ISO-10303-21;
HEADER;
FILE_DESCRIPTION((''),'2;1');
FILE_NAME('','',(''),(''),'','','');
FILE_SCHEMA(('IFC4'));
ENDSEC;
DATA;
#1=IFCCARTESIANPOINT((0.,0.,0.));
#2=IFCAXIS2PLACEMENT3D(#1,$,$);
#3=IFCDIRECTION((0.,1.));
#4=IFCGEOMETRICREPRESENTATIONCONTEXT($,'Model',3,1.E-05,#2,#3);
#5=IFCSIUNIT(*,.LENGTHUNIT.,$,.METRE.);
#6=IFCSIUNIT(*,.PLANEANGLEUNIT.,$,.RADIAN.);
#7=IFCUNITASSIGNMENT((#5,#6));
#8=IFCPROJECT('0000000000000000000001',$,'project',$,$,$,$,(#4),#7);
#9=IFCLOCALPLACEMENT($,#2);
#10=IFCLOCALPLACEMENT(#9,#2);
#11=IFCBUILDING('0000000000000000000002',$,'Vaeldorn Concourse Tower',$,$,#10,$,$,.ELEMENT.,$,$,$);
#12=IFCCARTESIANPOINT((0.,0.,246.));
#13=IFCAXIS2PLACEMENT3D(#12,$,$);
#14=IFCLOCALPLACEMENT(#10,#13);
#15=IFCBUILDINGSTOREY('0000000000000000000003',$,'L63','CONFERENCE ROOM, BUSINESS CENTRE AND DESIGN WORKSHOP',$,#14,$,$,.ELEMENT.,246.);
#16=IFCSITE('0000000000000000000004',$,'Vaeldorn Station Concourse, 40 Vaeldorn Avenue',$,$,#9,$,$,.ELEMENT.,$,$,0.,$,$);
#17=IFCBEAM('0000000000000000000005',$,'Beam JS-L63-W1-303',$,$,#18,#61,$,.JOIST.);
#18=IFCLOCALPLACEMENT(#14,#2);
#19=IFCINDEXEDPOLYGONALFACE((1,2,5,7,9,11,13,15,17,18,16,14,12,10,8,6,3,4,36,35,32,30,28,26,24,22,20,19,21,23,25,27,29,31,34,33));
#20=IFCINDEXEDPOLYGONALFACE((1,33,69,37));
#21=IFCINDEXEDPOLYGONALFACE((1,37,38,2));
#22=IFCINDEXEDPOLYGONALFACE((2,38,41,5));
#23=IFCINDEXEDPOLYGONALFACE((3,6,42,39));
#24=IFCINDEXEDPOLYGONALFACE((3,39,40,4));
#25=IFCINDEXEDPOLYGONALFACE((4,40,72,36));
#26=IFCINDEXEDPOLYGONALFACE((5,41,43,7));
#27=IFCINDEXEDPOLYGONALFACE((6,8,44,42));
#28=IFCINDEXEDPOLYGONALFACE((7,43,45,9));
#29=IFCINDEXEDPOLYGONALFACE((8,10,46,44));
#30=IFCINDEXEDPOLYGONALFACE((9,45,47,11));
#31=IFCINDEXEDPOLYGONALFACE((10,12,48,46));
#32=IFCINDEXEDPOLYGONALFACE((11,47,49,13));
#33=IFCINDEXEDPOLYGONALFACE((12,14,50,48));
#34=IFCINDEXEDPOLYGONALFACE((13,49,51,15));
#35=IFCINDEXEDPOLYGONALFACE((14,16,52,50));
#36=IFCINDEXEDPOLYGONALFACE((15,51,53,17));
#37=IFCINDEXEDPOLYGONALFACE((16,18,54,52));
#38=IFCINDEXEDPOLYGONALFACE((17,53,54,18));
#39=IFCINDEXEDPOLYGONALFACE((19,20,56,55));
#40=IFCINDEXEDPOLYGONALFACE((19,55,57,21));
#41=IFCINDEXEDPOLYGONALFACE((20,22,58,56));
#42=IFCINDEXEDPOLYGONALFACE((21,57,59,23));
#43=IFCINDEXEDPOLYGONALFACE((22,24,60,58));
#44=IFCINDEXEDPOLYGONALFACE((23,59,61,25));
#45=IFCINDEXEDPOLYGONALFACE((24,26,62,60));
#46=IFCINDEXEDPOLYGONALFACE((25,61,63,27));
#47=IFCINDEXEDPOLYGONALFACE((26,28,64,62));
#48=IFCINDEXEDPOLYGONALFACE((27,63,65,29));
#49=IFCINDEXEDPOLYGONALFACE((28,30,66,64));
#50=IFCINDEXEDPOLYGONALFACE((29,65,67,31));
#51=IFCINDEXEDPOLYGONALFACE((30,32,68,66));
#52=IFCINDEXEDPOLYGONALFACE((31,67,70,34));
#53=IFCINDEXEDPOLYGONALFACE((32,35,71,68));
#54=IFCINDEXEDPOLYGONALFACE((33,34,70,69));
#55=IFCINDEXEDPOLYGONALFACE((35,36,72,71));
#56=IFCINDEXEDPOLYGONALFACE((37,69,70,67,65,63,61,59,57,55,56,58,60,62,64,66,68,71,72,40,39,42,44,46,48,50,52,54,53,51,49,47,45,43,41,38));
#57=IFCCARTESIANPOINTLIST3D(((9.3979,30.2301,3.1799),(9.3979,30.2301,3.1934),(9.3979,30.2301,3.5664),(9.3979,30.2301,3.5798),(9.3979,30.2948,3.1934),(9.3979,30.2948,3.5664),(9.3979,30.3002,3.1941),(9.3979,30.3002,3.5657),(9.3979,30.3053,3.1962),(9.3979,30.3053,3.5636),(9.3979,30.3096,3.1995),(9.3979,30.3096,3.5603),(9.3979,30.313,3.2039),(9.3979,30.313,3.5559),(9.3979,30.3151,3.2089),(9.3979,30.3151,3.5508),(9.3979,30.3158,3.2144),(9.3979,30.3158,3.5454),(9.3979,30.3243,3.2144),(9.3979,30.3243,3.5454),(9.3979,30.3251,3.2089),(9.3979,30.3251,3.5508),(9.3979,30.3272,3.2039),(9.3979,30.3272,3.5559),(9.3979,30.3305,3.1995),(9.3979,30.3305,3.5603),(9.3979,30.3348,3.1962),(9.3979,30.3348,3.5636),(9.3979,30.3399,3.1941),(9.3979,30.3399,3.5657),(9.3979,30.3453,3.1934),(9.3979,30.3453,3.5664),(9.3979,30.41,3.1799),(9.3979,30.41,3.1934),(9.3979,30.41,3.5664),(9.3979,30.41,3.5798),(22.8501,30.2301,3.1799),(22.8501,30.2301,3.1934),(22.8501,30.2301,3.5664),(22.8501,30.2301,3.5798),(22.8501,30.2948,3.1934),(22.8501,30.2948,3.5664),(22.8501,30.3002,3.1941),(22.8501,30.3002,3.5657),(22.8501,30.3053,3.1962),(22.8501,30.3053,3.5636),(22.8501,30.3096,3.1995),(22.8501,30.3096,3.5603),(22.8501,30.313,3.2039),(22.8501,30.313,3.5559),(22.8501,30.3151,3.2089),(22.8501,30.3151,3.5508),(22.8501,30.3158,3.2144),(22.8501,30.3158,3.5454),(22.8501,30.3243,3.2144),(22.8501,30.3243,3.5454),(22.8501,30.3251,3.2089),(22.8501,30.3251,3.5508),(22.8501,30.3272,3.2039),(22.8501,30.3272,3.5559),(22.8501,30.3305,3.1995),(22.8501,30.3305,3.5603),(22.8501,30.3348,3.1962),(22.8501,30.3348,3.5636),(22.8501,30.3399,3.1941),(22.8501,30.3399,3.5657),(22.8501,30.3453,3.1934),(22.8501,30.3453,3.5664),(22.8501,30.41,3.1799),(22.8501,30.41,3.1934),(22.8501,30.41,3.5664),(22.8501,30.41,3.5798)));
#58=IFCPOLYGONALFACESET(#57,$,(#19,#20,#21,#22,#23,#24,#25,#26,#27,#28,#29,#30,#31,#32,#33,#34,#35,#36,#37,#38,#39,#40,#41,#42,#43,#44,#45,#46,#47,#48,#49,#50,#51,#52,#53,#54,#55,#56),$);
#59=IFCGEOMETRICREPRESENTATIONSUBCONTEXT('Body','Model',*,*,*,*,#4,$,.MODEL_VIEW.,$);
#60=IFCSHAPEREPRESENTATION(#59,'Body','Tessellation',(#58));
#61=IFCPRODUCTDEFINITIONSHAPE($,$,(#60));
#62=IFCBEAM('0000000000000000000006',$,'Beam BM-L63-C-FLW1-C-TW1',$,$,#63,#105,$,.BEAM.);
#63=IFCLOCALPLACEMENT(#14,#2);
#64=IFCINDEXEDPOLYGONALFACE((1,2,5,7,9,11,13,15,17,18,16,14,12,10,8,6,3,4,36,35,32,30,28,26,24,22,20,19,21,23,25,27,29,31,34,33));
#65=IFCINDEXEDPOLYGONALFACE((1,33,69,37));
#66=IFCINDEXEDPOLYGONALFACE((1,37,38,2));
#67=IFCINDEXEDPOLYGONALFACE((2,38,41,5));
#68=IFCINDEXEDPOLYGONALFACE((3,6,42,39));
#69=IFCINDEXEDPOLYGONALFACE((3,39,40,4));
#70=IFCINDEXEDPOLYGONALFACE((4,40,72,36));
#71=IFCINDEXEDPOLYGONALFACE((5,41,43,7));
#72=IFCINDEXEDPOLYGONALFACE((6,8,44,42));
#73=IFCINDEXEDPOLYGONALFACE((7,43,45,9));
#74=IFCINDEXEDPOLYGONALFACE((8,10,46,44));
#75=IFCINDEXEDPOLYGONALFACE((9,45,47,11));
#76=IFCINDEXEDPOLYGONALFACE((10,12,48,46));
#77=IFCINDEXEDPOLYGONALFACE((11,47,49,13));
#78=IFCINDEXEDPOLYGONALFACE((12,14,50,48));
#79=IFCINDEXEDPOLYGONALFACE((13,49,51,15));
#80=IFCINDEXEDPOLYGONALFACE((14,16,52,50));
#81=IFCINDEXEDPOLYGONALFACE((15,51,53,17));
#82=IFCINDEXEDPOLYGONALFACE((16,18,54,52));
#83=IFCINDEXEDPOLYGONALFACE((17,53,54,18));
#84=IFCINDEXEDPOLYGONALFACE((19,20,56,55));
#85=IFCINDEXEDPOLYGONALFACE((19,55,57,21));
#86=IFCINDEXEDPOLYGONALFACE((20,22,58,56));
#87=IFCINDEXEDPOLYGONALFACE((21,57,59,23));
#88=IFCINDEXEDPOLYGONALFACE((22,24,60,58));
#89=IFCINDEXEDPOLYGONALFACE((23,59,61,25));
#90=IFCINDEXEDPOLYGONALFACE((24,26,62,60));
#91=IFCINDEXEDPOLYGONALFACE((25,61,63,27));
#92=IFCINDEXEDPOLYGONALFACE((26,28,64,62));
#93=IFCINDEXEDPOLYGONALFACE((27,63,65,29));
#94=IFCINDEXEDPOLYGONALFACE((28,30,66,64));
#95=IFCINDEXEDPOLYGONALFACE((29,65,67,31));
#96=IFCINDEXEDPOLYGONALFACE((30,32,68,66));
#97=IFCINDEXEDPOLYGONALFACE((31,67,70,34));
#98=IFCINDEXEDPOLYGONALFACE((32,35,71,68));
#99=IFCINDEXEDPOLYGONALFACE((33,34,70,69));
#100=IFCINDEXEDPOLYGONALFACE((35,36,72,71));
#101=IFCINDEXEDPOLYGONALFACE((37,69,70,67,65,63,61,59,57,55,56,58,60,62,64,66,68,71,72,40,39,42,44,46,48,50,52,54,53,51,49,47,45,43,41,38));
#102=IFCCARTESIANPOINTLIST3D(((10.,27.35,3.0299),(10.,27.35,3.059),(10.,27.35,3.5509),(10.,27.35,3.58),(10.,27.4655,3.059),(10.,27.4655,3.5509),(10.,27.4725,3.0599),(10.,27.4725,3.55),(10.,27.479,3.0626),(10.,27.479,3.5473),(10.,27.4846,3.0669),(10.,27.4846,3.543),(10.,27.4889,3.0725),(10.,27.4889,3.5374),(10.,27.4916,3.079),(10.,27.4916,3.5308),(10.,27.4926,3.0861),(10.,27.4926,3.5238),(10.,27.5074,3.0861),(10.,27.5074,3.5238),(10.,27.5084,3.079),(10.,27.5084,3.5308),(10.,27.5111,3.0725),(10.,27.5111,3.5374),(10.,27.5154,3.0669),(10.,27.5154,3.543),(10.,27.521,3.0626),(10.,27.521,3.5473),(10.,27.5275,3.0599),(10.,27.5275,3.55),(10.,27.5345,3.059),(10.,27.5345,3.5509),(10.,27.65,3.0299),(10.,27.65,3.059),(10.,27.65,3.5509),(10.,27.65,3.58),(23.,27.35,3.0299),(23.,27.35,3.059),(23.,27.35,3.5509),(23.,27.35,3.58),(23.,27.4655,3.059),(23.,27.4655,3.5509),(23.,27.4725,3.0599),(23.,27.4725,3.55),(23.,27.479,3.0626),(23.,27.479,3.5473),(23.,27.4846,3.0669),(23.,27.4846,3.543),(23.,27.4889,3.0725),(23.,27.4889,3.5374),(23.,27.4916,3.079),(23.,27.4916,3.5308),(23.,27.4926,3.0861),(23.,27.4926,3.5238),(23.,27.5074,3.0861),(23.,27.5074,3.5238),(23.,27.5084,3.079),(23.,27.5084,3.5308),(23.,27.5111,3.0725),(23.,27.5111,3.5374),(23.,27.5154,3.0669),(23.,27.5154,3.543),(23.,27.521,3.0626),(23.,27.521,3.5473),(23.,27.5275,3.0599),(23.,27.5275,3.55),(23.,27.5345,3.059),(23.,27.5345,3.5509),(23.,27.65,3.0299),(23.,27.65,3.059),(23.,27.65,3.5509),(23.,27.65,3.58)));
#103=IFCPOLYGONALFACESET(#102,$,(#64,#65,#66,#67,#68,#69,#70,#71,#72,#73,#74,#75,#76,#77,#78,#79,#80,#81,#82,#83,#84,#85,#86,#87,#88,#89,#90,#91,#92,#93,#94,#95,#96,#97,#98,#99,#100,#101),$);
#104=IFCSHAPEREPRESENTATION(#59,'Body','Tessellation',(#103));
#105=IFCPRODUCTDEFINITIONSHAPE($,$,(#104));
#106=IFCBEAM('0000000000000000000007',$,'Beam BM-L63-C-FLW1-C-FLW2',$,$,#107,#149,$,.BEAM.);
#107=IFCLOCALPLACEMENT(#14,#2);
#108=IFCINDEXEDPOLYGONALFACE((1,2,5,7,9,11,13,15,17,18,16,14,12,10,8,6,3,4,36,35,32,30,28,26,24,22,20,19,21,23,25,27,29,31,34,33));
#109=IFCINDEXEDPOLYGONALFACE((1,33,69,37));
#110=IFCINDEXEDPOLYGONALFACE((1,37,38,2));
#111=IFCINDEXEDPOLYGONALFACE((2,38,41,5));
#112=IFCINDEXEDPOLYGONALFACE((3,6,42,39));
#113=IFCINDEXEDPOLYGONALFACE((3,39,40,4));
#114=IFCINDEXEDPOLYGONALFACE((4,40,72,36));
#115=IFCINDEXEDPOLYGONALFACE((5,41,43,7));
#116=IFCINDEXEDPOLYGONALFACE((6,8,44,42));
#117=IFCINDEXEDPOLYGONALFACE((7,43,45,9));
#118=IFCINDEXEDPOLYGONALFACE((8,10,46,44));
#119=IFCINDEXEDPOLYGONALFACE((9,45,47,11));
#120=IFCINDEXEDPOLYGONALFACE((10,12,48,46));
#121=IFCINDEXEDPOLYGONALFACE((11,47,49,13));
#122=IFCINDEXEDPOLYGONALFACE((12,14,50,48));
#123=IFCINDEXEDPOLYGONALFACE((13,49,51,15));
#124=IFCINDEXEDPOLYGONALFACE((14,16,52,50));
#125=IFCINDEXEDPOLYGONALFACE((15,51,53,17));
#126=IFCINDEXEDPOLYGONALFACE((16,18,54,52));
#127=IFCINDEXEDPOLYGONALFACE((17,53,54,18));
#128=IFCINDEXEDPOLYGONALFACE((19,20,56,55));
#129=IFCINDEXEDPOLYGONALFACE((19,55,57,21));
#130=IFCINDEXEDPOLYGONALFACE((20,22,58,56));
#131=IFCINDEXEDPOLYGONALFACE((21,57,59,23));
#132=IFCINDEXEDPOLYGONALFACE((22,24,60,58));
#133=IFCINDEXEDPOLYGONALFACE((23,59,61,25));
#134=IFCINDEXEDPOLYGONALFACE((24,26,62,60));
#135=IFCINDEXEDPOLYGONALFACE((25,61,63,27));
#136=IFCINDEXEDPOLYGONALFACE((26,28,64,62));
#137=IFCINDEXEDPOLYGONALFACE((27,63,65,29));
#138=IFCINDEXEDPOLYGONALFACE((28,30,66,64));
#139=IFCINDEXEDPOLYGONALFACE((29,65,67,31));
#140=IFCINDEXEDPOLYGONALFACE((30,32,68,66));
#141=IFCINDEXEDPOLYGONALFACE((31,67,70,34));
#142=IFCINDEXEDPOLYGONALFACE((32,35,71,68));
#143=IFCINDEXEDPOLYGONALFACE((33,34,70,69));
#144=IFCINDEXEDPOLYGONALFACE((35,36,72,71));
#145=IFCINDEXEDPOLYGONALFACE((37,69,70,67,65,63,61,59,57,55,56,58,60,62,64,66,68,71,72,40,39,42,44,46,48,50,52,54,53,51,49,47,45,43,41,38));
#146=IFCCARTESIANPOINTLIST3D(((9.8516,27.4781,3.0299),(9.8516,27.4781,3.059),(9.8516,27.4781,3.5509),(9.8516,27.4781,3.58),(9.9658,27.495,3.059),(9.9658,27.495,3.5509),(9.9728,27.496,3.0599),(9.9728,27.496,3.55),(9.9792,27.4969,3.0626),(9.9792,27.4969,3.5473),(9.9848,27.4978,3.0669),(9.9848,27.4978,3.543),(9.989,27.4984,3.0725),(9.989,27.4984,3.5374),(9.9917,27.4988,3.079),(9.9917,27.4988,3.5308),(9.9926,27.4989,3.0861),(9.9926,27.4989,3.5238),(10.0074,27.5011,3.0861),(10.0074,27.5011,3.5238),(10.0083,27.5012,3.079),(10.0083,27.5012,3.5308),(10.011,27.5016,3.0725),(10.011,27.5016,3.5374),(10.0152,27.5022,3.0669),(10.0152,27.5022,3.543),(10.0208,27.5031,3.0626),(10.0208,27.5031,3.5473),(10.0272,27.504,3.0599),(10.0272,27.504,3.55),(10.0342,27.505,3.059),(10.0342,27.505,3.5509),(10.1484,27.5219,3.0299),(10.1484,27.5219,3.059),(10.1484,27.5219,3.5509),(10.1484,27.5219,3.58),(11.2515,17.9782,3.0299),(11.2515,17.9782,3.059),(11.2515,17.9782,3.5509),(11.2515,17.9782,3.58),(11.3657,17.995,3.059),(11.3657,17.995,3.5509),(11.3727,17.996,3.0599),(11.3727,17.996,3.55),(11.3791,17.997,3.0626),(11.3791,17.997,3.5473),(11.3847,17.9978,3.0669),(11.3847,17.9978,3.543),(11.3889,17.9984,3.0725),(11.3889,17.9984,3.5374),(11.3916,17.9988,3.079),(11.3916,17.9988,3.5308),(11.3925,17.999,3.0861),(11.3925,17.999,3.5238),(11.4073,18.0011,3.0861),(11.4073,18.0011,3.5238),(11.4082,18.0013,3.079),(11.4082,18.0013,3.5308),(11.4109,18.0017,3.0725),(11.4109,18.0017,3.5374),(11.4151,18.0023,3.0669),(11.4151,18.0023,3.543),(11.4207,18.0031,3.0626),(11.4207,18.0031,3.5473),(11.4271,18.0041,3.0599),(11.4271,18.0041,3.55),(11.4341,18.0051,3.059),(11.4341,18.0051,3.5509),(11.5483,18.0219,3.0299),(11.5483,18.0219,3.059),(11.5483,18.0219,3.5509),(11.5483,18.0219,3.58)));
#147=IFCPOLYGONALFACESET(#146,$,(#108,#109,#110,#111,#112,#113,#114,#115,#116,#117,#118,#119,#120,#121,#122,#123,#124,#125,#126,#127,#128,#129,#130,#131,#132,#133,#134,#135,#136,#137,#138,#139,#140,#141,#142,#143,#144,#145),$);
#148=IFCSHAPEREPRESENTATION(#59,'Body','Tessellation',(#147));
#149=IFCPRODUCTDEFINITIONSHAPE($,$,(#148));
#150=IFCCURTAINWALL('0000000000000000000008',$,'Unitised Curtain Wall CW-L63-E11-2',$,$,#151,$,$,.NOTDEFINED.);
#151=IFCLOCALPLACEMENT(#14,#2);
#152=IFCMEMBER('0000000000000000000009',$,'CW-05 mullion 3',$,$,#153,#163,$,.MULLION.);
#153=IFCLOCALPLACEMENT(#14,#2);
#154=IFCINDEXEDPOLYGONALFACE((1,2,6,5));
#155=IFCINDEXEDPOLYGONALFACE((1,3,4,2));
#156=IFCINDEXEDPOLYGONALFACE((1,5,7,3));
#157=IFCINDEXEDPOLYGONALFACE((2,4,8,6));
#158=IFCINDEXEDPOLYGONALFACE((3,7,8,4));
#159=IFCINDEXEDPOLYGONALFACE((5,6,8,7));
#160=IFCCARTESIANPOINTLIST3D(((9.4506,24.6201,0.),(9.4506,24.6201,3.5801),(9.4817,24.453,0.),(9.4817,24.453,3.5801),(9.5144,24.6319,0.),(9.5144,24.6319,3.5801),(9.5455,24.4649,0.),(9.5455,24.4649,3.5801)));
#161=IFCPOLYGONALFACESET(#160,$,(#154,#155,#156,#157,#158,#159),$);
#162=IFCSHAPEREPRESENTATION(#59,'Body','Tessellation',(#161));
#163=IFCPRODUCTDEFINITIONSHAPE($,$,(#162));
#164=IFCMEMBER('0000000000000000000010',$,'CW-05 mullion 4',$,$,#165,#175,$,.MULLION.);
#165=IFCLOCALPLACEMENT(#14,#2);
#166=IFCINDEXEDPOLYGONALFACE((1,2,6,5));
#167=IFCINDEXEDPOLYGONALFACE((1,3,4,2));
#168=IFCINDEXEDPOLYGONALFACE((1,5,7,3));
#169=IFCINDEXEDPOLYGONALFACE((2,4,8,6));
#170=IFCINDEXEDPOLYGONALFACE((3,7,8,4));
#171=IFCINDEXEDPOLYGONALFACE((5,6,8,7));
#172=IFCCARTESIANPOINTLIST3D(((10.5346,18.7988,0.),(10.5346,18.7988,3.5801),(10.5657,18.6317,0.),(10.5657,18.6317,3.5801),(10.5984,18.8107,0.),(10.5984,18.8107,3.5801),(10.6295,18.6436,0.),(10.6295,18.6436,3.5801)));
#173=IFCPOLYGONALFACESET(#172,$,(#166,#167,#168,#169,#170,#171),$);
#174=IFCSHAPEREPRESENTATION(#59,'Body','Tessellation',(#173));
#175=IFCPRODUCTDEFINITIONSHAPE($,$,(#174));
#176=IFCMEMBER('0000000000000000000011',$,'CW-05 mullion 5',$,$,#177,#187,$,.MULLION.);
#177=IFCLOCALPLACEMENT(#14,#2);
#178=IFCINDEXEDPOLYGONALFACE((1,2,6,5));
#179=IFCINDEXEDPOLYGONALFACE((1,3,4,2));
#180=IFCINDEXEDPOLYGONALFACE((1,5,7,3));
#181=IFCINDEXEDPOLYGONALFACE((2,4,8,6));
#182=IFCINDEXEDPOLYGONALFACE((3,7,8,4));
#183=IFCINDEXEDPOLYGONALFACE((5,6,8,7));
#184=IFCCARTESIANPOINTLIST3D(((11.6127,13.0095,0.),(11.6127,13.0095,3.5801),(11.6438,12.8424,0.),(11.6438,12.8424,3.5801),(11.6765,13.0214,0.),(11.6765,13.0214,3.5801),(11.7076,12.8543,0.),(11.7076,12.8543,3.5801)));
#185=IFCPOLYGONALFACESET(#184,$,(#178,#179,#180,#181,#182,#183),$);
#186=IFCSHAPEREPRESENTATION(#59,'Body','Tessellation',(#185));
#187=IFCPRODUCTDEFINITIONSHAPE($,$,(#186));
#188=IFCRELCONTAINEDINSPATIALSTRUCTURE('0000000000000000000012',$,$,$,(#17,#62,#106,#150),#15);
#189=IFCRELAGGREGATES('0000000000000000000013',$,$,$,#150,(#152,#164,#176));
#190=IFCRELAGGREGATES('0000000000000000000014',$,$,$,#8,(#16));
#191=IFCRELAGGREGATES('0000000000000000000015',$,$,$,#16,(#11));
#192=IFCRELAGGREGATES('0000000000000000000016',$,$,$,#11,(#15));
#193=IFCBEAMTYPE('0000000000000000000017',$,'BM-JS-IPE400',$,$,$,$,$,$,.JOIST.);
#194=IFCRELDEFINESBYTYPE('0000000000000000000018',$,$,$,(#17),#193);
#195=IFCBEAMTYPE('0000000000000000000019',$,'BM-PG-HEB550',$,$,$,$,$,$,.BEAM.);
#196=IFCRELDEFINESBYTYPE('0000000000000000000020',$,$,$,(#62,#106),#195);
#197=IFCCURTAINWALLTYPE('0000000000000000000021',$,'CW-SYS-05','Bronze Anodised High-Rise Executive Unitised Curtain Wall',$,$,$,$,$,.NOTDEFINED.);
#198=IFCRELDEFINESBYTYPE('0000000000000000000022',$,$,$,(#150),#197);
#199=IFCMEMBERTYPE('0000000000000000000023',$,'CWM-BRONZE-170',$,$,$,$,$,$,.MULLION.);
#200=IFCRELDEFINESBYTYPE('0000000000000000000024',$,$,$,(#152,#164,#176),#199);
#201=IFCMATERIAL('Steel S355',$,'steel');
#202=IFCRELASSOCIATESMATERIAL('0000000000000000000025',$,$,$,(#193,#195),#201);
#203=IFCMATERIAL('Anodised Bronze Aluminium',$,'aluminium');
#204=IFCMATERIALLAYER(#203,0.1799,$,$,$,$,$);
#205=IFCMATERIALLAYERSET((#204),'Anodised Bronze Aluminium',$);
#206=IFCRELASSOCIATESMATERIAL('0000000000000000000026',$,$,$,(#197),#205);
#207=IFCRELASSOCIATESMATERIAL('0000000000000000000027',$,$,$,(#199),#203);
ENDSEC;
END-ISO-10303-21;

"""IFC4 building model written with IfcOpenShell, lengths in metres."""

from ifc_helpers import new_model, si_unit, direction, frame, origin, origin_2d, place, context, subcontext, project, spatial, rectangle, i_section, extrude, source, transform, mapped, material, layer, layer_set, material_profile, profile_set, type_object, element, aggregate, save


model = new_model("IFC4")

# Units and contexts
model_context = context("Model", 3, precision=1e-05, world=origin(), true_north=direction((0.0, 1.0)))
body_context = subcontext(model_context, "Body", "Model", "MODEL_VIEW")
ifc_project = project(units=[si_unit("LENGTHUNIT", "METRE"), si_unit("PLANEANGLEUNIT", "RADIAN")], contexts=[model_context])

# Site, building, storey
site_placement = place(None, origin())
site = spatial("IfcSite", under=ifc_project, at=site_placement, Name="Vaeldorn Station Concourse, 40 Vaeldorn Avenue", CompositionType="ELEMENT", RefElevation=0.0)
building_placement = place(site_placement, origin())
building = spatial("IfcBuilding", under=site, at=building_placement, Name="Vaeldorn Concourse Tower", CompositionType="ELEMENT")
storey_placement = place(building_placement, frame((0.0, 0.0, 246.0)))
storey = spatial("IfcBuildingStorey", under=building, at=storey_placement, Name="L63", Description="CONFERENCE ROOM, BUSINESS CENTRE AND DESIGN WORKSHOP", CompositionType="ELEMENT", Elevation=246.0)

# Shared definitions
ifc_material_1 = material(Name="Steel S355", Category="steel")

# Beams
ifc_material_profile_1 = material_profile(ifc_material_1, i_section(OverallWidth=0.1799, OverallDepth=0.3999, WebThickness=0.0085, FlangeThickness=0.0134, FilletRadius=0.021, at=origin_2d()), Name="IPE 400")
ifc_profile_set_1 = profile_set([ifc_material_profile_1], Name="Steel S355")
beam_type_1 = type_object("IfcBeamType", Name="BM-JS-IPE400", PredefinedType="JOIST", material=ifc_profile_set_1)
shared_shape_1 = source(origin(), body_context, "Body", "SweptSolid", [
    extrude(i_section(OverallWidth=0.1799, OverallDepth=0.3999, WebThickness=0.0085, FlangeThickness=0.0134, FilletRadius=0.021, at=origin_2d()), origin(), (0.0, 0.0, 1.0), 13.4521),
])
beam_1_placement = place(storey_placement, frame((9.3979, 30.3201, 3.3799), z_axis=(1.0, 0.0, 0.0), x_axis=(0.0, 1.0, 0.0)))
element("IfcBeam", 1, at=beam_1_placement, inside=storey, type_object=beam_type_1, Name="Beam JS-L63-W1-303", PredefinedType="JOIST", context=body_context, shape_type="MappedRepresentation", body=[
    mapped(shared_shape_1, transform((0.0, 0.0, 0.0), scale=1.0)),
])
ifc_material_profile_2 = material_profile(ifc_material_1, i_section(OverallWidth=0.3, OverallDepth=0.55, WebThickness=0.0149, FlangeThickness=0.0291, FilletRadius=0.0271, at=origin_2d()), Name="HEB 550")
ifc_profile_set_2 = profile_set([ifc_material_profile_2], Name="Steel S355")
beam_type_2 = type_object("IfcBeamType", Name="BM-PG-HEB550", PredefinedType="BEAM", material=ifc_profile_set_2)
shared_shape_2 = source(origin(), body_context, "Body", "SweptSolid", [
    extrude(i_section(OverallWidth=0.3, OverallDepth=0.55, WebThickness=0.0149, FlangeThickness=0.0291, FilletRadius=0.0271, at=origin_2d()), origin(), (0.0, 0.0, 1.0), 13.0),
])
beam_2_placement = place(storey_placement, frame((10.0, 27.5, 3.3049), z_axis=(1.0, 0.0, 0.0), x_axis=(0.0, 1.0, 0.0)))
element("IfcBeam", 2, at=beam_2_placement, inside=storey, type_object=beam_type_2, Name="Beam BM-L63-C-FLW1-C-TW1", PredefinedType="BEAM", context=body_context, shape_type="MappedRepresentation", body=[
    mapped(shared_shape_2, transform((0.0, 0.0, 0.0), scale=1.0)),
])
shared_shape_3 = source(origin(), body_context, "Body", "SweptSolid", [
    extrude(i_section(OverallWidth=0.3, OverallDepth=0.55, WebThickness=0.0149, FlangeThickness=0.0291, FilletRadius=0.0271, at=origin_2d()), origin(), (0.0, 0.0, 1.0), 9.6025),
])
beam_3_placement = place(storey_placement, frame((10.0, 27.5, 3.3049), z_axis=(0.145784, -0.989316, 0.0), x_axis=(0.989316, 0.145784, 0.0)))
element("IfcBeam", 3, at=beam_3_placement, inside=storey, type_object=beam_type_2, Name="Beam BM-L63-C-FLW1-C-FLW2", PredefinedType="BEAM", context=body_context, shape_type="MappedRepresentation", body=[
    mapped(shared_shape_3, transform((0.0, 0.0, 0.0), scale=1.0)),
])

# Curtain wall, members
ifc_material_2 = material(Name="Anodised Bronze Aluminium", Category="aluminium")
ifc_layer_1 = layer(ifc_material_2, 0.1799)
ifc_layer_set_1 = layer_set([ifc_layer_1], Name="Anodised Bronze Aluminium")
curtain_wall_type = type_object("IfcCurtainWallType", Name="CW-SYS-05", Description="Bronze Anodised High-Rise Executive Unitised Curtain Wall", PredefinedType="NOTDEFINED", material=ifc_layer_set_1)
curtain_wall_1_placement = place(storey_placement, origin())
curtain_wall_1 = element("IfcCurtainWall", 4, at=curtain_wall_1_placement, inside=storey, type_object=curtain_wall_type, Name="Unitised Curtain Wall CW-L63-E11-2", PredefinedType="NOTDEFINED")
ifc_material_profile_3 = material_profile(ifc_material_2, rectangle(XDim=0.0649, YDim=0.1699, at=origin_2d()), Name="CWM 65x170")
ifc_profile_set_3 = profile_set([ifc_material_profile_3], Name="Anodised Bronze Aluminium")
member_type_1 = type_object("IfcMemberType", Name="CWM-BRONZE-170", PredefinedType="MULLION", material=ifc_profile_set_3)
shared_shape_4 = source(origin(), body_context, "Body", "SweptSolid", [
    extrude(rectangle(XDim=0.0649, YDim=0.1699, at=origin_2d()), origin(), (0.0, 0.0, 1.0), 3.5801),
])
member_1_placement = place(storey_placement, frame((9.498, 24.5425, 0.0), z_axis=(0.0, 0.0, 1.0), x_axis=(0.983103, 0.183055, 0.0)))
member_1 = element("IfcMember", 5, at=member_1_placement, type_object=member_type_1, Name="CW-05 mullion 3", PredefinedType="MULLION", context=body_context, shape_type="MappedRepresentation", body=[
    mapped(shared_shape_4, transform((0.0, 0.0, 0.0), scale=1.0)),
])
member_2_placement = place(storey_placement, frame((10.582, 18.7212, 0.0), z_axis=(0.0, 0.0, 1.0), x_axis=(0.983103, 0.183055, 0.0)))
member_2 = element("IfcMember", 6, at=member_2_placement, type_object=member_type_1, Name="CW-05 mullion 4", PredefinedType="MULLION", context=body_context, shape_type="MappedRepresentation", body=[
    mapped(shared_shape_4, transform((0.0, 0.0, 0.0), scale=1.0)),
])
member_3_placement = place(storey_placement, frame((11.6602, 12.9319, 0.0), z_axis=(0.0, 0.0, 1.0), x_axis=(0.983103, 0.183055, 0.0)))
member_3 = element("IfcMember", 7, at=member_3_placement, type_object=member_type_1, Name="CW-05 mullion 5", PredefinedType="MULLION", context=body_context, shape_type="MappedRepresentation", body=[
    mapped(shared_shape_4, transform((0.0, 0.0, 0.0), scale=1.0)),
])

aggregate(curtain_wall_1, [member_1, member_2, member_3])

save(model, "model.ifc")
